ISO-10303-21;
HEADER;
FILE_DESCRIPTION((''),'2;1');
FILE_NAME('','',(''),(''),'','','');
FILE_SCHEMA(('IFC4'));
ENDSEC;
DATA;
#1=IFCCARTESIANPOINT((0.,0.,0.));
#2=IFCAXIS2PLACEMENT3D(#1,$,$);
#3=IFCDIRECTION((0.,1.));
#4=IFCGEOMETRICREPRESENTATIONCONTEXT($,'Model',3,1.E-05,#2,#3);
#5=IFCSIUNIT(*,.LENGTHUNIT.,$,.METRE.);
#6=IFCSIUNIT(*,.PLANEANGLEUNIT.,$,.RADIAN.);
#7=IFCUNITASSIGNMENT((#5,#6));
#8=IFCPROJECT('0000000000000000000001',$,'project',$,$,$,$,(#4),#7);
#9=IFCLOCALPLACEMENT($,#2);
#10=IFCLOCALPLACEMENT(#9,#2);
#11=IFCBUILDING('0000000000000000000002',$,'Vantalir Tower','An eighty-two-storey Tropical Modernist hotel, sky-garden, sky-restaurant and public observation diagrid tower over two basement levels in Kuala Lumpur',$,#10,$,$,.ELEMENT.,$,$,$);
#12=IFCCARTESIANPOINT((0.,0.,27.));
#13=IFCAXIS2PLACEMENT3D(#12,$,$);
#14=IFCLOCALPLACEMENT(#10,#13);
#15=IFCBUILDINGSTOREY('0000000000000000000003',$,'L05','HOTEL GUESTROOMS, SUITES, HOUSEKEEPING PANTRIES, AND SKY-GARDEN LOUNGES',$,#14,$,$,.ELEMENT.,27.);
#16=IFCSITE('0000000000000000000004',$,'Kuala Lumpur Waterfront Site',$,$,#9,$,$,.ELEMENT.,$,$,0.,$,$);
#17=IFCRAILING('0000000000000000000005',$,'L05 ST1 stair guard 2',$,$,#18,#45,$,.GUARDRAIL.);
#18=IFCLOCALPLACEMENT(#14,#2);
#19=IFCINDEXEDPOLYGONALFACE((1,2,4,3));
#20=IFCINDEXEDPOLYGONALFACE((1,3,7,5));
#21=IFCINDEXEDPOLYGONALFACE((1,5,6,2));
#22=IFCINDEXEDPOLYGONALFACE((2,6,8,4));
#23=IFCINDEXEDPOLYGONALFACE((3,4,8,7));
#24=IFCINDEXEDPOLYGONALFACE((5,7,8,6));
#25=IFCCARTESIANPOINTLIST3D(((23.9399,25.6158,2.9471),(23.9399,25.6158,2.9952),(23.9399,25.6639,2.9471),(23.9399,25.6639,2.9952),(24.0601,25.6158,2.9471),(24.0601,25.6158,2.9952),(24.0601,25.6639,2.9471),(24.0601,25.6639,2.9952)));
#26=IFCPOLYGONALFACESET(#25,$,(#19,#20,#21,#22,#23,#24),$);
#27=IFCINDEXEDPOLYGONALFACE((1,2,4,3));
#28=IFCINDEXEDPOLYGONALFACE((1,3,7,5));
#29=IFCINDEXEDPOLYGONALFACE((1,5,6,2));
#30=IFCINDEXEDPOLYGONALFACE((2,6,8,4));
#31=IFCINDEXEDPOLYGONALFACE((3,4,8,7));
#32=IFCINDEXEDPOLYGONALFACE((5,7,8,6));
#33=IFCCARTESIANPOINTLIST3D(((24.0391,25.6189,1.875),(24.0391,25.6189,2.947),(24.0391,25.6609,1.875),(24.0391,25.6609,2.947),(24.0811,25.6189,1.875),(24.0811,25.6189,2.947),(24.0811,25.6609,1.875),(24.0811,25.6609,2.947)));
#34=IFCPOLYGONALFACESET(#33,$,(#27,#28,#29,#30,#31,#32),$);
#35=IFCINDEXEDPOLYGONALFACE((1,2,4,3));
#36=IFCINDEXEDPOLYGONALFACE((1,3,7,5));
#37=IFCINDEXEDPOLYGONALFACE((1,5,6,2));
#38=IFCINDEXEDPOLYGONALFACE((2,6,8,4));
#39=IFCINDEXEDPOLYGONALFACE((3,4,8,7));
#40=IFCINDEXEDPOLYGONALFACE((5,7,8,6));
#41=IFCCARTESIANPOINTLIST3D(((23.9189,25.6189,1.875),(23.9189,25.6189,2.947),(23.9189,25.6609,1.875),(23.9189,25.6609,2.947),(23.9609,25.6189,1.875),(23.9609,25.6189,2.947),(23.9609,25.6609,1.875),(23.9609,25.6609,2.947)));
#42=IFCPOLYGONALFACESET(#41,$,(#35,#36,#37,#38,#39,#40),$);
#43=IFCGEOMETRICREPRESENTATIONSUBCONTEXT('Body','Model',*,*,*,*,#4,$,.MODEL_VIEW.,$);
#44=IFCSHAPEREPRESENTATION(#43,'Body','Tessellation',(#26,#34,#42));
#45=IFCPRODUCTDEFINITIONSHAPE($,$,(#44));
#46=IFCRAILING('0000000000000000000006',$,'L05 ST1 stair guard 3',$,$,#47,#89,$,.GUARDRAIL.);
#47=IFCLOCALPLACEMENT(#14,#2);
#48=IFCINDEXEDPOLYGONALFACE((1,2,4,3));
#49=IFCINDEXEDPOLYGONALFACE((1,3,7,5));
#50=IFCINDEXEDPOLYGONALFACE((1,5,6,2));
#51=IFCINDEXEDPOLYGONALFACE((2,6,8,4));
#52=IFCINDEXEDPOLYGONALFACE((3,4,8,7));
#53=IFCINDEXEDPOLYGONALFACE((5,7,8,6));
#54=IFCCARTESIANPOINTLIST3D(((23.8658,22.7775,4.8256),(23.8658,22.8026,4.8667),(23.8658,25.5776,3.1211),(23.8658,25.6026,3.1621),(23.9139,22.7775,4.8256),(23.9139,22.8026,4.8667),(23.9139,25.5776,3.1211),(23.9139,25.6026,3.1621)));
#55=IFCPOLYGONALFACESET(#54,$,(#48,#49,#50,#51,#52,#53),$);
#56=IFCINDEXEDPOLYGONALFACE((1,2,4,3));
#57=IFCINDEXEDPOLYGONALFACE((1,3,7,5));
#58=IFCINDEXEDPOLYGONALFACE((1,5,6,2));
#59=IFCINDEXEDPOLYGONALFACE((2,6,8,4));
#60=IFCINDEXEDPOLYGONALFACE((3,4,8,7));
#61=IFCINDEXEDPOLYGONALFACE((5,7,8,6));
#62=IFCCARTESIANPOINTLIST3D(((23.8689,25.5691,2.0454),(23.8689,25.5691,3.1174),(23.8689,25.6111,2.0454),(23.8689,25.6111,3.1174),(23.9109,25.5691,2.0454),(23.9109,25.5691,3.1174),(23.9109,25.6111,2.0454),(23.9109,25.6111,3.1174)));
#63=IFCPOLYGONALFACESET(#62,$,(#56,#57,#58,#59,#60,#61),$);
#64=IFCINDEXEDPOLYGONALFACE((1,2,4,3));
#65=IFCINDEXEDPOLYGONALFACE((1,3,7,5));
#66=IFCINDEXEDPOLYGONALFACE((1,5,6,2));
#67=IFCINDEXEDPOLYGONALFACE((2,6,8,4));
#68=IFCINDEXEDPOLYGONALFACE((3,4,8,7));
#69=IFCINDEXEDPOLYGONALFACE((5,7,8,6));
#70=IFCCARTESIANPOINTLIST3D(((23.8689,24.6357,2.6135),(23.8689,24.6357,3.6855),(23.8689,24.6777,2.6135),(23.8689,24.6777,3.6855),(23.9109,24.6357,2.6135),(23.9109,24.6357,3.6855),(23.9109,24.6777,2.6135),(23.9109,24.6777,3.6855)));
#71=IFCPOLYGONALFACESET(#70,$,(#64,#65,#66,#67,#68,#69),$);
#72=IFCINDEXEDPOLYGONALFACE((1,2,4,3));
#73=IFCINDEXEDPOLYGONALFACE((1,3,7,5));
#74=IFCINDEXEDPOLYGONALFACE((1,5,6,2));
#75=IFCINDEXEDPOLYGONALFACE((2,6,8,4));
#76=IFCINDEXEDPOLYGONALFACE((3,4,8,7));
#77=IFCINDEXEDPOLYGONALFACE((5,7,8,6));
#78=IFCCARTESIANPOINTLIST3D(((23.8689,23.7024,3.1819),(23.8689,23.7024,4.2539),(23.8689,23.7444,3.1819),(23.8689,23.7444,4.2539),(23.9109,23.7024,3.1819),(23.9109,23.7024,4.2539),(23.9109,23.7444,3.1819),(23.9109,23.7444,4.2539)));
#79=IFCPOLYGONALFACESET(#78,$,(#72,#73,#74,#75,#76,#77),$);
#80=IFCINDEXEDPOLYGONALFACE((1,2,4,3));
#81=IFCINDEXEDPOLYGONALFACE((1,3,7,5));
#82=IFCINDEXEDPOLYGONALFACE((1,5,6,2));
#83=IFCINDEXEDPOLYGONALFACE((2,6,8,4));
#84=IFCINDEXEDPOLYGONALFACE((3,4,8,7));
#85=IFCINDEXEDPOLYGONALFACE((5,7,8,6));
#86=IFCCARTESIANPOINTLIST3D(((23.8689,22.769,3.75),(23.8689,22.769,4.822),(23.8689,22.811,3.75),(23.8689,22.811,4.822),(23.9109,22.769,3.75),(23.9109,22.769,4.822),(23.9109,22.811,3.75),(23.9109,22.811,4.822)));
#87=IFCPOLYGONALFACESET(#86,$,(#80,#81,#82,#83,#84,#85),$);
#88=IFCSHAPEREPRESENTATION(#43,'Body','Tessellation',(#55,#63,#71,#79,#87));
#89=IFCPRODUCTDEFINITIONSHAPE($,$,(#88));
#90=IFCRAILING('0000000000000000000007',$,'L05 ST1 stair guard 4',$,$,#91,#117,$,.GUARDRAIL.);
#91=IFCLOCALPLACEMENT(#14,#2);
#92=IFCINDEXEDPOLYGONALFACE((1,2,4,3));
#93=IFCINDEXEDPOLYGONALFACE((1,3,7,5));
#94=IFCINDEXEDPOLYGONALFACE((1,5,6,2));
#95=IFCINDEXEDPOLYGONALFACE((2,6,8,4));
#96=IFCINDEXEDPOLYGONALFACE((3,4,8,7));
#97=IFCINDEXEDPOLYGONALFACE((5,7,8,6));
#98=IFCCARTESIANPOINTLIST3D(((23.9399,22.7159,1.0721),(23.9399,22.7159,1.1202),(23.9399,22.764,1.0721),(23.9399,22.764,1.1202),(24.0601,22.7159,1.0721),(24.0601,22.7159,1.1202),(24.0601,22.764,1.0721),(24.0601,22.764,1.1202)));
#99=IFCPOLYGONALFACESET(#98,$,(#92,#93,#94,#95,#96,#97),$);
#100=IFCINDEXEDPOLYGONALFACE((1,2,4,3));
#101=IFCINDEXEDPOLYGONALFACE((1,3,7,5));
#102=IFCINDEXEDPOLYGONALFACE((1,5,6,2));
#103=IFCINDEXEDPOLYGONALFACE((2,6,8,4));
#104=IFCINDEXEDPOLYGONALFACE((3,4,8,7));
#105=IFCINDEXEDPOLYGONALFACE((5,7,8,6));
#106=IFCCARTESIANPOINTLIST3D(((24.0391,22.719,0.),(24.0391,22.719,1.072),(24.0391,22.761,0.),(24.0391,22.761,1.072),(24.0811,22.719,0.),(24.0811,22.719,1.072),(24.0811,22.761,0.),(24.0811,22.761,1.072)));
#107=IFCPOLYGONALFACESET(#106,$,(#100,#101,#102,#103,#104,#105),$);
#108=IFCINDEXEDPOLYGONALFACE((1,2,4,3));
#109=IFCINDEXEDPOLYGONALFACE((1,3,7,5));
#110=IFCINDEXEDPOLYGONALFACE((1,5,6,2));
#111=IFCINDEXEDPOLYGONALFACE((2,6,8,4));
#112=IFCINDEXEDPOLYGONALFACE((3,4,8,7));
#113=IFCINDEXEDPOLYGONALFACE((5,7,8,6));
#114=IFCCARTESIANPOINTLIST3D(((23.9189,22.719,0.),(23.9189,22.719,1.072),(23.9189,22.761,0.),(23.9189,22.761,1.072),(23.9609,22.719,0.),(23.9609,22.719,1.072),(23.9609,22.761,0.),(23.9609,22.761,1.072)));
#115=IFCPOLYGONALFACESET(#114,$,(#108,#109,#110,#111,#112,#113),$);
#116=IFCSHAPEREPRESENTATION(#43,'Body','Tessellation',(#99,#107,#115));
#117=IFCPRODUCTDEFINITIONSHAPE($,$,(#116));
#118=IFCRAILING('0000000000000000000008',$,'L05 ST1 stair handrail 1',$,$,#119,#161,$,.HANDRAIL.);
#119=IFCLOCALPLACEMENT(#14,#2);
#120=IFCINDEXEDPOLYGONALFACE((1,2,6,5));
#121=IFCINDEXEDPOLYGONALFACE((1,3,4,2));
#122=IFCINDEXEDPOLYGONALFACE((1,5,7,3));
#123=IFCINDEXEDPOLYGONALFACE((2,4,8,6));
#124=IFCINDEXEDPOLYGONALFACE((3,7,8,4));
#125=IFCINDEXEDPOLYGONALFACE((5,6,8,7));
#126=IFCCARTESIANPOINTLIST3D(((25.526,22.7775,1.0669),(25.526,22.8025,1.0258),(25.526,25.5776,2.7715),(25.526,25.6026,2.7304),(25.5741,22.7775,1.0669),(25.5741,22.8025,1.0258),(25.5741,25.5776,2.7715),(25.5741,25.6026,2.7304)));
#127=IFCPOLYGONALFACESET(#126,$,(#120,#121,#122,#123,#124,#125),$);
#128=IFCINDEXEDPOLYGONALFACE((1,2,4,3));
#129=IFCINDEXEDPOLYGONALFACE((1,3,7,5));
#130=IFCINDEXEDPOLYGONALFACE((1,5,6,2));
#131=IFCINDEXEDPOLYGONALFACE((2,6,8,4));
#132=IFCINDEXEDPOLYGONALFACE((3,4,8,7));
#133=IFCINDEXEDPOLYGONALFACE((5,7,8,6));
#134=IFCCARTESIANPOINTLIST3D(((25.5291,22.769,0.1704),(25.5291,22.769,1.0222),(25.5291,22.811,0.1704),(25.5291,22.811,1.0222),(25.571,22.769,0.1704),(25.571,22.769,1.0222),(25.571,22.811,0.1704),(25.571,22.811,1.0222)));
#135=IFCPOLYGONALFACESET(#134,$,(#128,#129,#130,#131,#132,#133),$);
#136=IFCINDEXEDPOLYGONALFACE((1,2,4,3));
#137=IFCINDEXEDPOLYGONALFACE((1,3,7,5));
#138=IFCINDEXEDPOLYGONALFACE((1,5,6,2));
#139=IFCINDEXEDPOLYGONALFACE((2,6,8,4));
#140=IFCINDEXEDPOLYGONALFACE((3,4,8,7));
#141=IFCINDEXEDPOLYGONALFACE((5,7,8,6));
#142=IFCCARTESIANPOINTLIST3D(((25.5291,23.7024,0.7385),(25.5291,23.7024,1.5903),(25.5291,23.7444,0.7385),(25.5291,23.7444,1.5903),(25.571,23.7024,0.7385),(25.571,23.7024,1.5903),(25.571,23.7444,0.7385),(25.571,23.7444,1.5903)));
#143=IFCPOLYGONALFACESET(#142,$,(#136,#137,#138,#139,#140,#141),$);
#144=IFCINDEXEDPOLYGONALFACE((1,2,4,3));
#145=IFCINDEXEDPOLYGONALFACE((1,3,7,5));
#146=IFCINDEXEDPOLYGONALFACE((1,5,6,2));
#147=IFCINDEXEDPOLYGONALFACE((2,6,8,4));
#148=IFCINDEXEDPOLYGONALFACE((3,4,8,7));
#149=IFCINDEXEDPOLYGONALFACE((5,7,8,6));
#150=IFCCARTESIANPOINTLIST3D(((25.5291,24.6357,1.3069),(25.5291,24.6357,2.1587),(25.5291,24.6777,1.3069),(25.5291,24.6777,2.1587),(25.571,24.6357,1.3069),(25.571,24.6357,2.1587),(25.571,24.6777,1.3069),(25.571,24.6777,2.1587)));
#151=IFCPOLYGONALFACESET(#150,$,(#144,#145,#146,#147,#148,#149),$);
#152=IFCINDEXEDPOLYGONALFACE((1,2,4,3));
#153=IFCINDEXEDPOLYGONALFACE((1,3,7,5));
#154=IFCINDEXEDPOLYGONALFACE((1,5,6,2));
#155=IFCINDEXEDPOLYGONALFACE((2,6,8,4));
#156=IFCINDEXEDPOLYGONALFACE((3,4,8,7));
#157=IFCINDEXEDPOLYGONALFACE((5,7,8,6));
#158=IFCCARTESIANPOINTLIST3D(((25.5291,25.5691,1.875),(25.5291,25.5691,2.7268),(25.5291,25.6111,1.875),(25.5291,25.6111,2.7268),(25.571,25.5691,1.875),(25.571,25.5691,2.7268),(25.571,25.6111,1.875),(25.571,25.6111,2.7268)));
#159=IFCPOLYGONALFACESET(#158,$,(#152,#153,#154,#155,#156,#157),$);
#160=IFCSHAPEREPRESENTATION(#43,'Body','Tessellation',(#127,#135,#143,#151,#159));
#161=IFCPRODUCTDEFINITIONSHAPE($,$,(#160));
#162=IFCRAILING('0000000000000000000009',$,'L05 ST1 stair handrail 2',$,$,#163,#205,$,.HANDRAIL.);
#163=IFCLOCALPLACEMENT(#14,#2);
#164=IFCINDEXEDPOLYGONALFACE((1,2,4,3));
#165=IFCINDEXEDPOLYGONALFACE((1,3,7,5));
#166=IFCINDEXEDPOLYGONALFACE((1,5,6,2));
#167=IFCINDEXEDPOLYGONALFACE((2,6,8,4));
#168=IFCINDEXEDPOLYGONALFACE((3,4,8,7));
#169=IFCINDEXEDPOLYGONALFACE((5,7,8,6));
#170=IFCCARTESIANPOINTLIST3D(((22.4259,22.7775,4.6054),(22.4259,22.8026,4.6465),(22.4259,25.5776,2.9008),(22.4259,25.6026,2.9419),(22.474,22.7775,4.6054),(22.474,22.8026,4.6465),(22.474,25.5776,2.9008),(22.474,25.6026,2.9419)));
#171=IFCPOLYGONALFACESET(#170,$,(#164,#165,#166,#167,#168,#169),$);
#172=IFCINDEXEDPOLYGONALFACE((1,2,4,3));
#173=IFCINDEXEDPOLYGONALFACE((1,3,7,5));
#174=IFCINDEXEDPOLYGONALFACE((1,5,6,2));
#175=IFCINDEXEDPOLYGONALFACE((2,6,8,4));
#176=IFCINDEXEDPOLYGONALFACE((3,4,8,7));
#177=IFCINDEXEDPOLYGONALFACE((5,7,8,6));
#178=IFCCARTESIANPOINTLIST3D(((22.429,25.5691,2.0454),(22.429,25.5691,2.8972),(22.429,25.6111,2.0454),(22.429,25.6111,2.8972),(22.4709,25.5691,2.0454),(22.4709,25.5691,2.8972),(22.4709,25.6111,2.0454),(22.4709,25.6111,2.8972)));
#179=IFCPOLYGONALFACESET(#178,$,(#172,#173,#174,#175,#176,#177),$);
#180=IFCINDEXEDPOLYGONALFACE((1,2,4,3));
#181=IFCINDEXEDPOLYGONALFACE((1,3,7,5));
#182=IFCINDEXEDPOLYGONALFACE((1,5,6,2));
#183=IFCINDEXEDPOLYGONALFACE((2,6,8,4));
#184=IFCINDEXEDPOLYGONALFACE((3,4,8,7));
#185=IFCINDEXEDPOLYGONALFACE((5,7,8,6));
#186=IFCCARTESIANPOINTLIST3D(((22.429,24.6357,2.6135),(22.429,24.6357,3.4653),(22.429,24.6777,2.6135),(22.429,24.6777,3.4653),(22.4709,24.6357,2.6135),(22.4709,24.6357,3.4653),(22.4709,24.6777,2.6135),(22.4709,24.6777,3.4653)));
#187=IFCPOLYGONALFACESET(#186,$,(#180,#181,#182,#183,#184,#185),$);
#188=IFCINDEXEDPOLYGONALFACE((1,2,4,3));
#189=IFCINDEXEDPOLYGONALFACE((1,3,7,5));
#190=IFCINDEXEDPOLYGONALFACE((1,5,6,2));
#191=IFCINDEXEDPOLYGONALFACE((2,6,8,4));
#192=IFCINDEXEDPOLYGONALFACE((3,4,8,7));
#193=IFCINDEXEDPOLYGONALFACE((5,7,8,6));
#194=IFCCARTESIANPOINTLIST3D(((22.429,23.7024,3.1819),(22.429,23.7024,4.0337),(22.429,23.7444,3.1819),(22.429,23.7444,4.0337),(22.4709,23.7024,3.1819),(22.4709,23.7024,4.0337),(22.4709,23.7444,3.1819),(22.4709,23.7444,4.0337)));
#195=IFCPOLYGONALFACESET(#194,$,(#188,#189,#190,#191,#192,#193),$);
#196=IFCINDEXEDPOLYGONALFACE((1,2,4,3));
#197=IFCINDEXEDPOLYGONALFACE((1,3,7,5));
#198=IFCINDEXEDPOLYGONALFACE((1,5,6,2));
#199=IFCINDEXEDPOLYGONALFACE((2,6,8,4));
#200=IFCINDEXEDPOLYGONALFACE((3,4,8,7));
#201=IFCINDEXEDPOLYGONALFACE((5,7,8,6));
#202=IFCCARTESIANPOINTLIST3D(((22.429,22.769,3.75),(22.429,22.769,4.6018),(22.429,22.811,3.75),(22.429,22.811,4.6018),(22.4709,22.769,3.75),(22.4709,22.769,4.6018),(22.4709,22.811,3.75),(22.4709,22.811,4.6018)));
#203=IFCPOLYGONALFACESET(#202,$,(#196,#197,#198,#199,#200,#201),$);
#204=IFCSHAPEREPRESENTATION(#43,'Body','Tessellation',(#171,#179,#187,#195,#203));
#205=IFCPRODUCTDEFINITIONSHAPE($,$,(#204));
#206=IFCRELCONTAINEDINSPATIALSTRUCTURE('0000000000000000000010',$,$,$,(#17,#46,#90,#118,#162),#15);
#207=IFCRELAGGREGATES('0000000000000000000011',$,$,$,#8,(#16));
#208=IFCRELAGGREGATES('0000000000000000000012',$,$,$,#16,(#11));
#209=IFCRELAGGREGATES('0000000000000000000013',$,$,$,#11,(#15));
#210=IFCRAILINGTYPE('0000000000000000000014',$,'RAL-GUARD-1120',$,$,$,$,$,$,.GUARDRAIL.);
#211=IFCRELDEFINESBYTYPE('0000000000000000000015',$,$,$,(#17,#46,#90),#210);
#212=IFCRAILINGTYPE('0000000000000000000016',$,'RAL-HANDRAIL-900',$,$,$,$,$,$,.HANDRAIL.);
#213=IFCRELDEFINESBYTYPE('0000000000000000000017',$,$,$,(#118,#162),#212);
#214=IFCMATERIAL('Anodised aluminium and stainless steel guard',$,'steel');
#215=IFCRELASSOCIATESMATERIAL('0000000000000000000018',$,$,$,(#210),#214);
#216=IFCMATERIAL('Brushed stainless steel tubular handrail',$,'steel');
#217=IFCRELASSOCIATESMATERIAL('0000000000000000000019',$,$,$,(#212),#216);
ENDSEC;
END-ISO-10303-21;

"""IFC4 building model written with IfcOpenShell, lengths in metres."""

from ifc_helpers import new_model, si_unit, direction, frame, origin, origin_2d, place, context, subcontext, project, spatial, rectangle, extrude, material, type_object, element, save


model = new_model("IFC4")

# Units and contexts
model_context = context("Model", 3, precision=1e-05, world=origin(), true_north=direction((0.0, 1.0)))
body_context = subcontext(model_context, "Body", "Model", "MODEL_VIEW")
ifc_project = project(units=[si_unit("LENGTHUNIT", "METRE"), si_unit("PLANEANGLEUNIT", "RADIAN")], contexts=[model_context])

# Site, building, storey
site_placement = place(None, origin())
site = spatial("IfcSite", under=ifc_project, at=site_placement, Name="Kuala Lumpur Waterfront Site", CompositionType="ELEMENT", RefElevation=0.0)
building_placement = place(site_placement, origin())
building = spatial("IfcBuilding", under=site, at=building_placement, Name="Vantalir Tower", Description="An eighty-two-storey Tropical Modernist hotel, sky-garden, sky-restaurant and public observation diagrid tower over two basement levels in Kuala Lumpur", CompositionType="ELEMENT")
storey_placement = place(building_placement, frame((0.0, 0.0, 27.0)))
storey = spatial("IfcBuildingStorey", under=building, at=storey_placement, Name="L05", Description="HOTEL GUESTROOMS, SUITES, HOUSEKEEPING PANTRIES, AND SKY-GARDEN LOUNGES", CompositionType="ELEMENT", Elevation=27.0)

# Railings
ifc_material_1 = material(Name="Anodised aluminium and stainless steel guard", Category="steel")
railing_type_1 = type_object("IfcRailingType", Name="RAL-GUARD-1120", PredefinedType="GUARDRAIL", material=ifc_material_1)
railing_1_placement = place(storey_placement, frame((24.0601, 25.6399, 1.875)))
element("IfcRailing", 1, at=railing_1_placement, inside=storey, type_object=railing_type_1, Name="L05 ST1 stair guard 2", PredefinedType="GUARDRAIL", context=body_context, shape_type="SweptSolid", body=[
    extrude(rectangle(XDim=0.0481, YDim=0.0481, at=origin_2d()), frame((0.0, 0.0, 1.0962), z_axis=(-1.0, 0.0, 0.0), x_axis=(0.0, -1.0, 0.0)), (0.0, 0.0, 1.0), 0.1201),
    extrude(rectangle(XDim=0.042, YDim=0.042, at=origin_2d()), origin(), (0.0, 0.0, 1.0), 1.072),
    extrude(rectangle(XDim=0.042, YDim=0.042, at=origin_2d()), frame((-0.1201, 0.0, 0.0)), (0.0, 0.0, 1.0), 1.072),
])
railing_2_placement = place(storey_placement, frame((23.8899, 25.5901, 2.0454)))
element("IfcRailing", 2, at=railing_2_placement, inside=storey, type_object=railing_type_1, Name="L05 ST1 stair guard 3", PredefinedType="GUARDRAIL", context=body_context, shape_type="SweptSolid", body=[
    extrude(rectangle(XDim=0.0481, YDim=0.0481, at=origin_2d()), frame((0.0, 0.0, 1.0962), z_axis=(0.0, -0.85417, 0.519994), x_axis=(1.0, 0.0, 0.0)), (0.0, 0.0, 1.0), 3.2781),
    extrude(rectangle(XDim=0.042, YDim=0.042, at=origin_2d()), origin(), (0.0, 0.0, 1.0), 1.072),
    extrude(rectangle(XDim=0.042, YDim=0.042, at=origin_2d()), frame((0.0, -0.9333, 0.5681)), (0.0, 0.0, 1.0), 1.072),
    extrude(rectangle(XDim=0.042, YDim=0.042, at=origin_2d()), frame((0.0, -1.8667, 1.1365)), (0.0, 0.0, 1.0), 1.072),
    extrude(rectangle(XDim=0.042, YDim=0.042, at=origin_2d()), frame((0.0, -2.8, 1.7046)), (0.0, 0.0, 1.0), 1.072),
])
railing_3_placement = place(storey_placement, frame((24.0601, 22.74, 0.0)))
element("IfcRailing", 3, at=railing_3_placement, inside=storey, type_object=railing_type_1, Name="L05 ST1 stair guard 4", PredefinedType="GUARDRAIL", context=body_context, shape_type="SweptSolid", body=[
    extrude(rectangle(XDim=0.0481, YDim=0.0481, at=origin_2d()), frame((0.0, 0.0, 1.0962), z_axis=(-1.0, 0.0, 0.0), x_axis=(0.0, -1.0, 0.0)), (0.0, 0.0, 1.0), 0.1201),
    extrude(rectangle(XDim=0.042, YDim=0.042, at=origin_2d()), origin(), (0.0, 0.0, 1.0), 1.072),
    extrude(rectangle(XDim=0.042, YDim=0.042, at=origin_2d()), frame((-0.1201, 0.0, 0.0)), (0.0, 0.0, 1.0), 1.072),
])
ifc_material_2 = material(Name="Brushed stainless steel tubular handrail", Category="steel")
railing_type_2 = type_object("IfcRailingType", Name="RAL-HANDRAIL-900", PredefinedType="HANDRAIL", material=ifc_material_2)
railing_4_placement = place(storey_placement, frame((25.55, 22.79, 0.1704)))
element("IfcRailing", 4, at=railing_4_placement, inside=storey, type_object=railing_type_2, Name="L05 ST1 stair handrail 1", PredefinedType="HANDRAIL", context=body_context, shape_type="SweptSolid", body=[
    extrude(rectangle(XDim=0.0481, YDim=0.0481, at=origin_2d()), frame((0.0, 0.0, 0.876), z_axis=(0.0, 0.85417, 0.519994), x_axis=(-1.0, 0.0, 0.0)), (0.0, 0.0, 1.0), 3.2781),
    extrude(rectangle(XDim=0.042, YDim=0.042, at=origin_2d()), origin(), (0.0, 0.0, 1.0), 0.8518),
    extrude(rectangle(XDim=0.042, YDim=0.042, at=origin_2d()), frame((0.0, 0.9333, 0.5681)), (0.0, 0.0, 1.0), 0.8518),
    extrude(rectangle(XDim=0.042, YDim=0.042, at=origin_2d()), frame((0.0, 1.8667, 1.1365)), (0.0, 0.0, 1.0), 0.8518),
    extrude(rectangle(XDim=0.042, YDim=0.042, at=origin_2d()), frame((0.0, 2.8, 1.7046)), (0.0, 0.0, 1.0), 0.8518),
])
railing_5_placement = place(storey_placement, frame((22.45, 25.5901, 2.0454)))
element("IfcRailing", 5, at=railing_5_placement, inside=storey, type_object=railing_type_2, Name="L05 ST1 stair handrail 2", PredefinedType="HANDRAIL", context=body_context, shape_type="SweptSolid", body=[
    extrude(rectangle(XDim=0.0481, YDim=0.0481, at=origin_2d()), frame((0.0, 0.0, 0.876), z_axis=(0.0, -0.85417, 0.519994), x_axis=(1.0, 0.0, 0.0)), (0.0, 0.0, 1.0), 3.2781),
    extrude(rectangle(XDim=0.042, YDim=0.042, at=origin_2d()), origin(), (0.0, 0.0, 1.0), 0.8518),
    extrude(rectangle(XDim=0.042, YDim=0.042, at=origin_2d()), frame((0.0, -0.9333, 0.5681)), (0.0, 0.0, 1.0), 0.8518),
    extrude(rectangle(XDim=0.042, YDim=0.042, at=origin_2d()), frame((0.0, -1.8667, 1.1365)), (0.0, 0.0, 1.0), 0.8518),
    extrude(rectangle(XDim=0.042, YDim=0.042, at=origin_2d()), frame((0.0, -2.8, 1.7046)), (0.0, 0.0, 1.0), 0.8518),
])

save(model, "model.ifc")
